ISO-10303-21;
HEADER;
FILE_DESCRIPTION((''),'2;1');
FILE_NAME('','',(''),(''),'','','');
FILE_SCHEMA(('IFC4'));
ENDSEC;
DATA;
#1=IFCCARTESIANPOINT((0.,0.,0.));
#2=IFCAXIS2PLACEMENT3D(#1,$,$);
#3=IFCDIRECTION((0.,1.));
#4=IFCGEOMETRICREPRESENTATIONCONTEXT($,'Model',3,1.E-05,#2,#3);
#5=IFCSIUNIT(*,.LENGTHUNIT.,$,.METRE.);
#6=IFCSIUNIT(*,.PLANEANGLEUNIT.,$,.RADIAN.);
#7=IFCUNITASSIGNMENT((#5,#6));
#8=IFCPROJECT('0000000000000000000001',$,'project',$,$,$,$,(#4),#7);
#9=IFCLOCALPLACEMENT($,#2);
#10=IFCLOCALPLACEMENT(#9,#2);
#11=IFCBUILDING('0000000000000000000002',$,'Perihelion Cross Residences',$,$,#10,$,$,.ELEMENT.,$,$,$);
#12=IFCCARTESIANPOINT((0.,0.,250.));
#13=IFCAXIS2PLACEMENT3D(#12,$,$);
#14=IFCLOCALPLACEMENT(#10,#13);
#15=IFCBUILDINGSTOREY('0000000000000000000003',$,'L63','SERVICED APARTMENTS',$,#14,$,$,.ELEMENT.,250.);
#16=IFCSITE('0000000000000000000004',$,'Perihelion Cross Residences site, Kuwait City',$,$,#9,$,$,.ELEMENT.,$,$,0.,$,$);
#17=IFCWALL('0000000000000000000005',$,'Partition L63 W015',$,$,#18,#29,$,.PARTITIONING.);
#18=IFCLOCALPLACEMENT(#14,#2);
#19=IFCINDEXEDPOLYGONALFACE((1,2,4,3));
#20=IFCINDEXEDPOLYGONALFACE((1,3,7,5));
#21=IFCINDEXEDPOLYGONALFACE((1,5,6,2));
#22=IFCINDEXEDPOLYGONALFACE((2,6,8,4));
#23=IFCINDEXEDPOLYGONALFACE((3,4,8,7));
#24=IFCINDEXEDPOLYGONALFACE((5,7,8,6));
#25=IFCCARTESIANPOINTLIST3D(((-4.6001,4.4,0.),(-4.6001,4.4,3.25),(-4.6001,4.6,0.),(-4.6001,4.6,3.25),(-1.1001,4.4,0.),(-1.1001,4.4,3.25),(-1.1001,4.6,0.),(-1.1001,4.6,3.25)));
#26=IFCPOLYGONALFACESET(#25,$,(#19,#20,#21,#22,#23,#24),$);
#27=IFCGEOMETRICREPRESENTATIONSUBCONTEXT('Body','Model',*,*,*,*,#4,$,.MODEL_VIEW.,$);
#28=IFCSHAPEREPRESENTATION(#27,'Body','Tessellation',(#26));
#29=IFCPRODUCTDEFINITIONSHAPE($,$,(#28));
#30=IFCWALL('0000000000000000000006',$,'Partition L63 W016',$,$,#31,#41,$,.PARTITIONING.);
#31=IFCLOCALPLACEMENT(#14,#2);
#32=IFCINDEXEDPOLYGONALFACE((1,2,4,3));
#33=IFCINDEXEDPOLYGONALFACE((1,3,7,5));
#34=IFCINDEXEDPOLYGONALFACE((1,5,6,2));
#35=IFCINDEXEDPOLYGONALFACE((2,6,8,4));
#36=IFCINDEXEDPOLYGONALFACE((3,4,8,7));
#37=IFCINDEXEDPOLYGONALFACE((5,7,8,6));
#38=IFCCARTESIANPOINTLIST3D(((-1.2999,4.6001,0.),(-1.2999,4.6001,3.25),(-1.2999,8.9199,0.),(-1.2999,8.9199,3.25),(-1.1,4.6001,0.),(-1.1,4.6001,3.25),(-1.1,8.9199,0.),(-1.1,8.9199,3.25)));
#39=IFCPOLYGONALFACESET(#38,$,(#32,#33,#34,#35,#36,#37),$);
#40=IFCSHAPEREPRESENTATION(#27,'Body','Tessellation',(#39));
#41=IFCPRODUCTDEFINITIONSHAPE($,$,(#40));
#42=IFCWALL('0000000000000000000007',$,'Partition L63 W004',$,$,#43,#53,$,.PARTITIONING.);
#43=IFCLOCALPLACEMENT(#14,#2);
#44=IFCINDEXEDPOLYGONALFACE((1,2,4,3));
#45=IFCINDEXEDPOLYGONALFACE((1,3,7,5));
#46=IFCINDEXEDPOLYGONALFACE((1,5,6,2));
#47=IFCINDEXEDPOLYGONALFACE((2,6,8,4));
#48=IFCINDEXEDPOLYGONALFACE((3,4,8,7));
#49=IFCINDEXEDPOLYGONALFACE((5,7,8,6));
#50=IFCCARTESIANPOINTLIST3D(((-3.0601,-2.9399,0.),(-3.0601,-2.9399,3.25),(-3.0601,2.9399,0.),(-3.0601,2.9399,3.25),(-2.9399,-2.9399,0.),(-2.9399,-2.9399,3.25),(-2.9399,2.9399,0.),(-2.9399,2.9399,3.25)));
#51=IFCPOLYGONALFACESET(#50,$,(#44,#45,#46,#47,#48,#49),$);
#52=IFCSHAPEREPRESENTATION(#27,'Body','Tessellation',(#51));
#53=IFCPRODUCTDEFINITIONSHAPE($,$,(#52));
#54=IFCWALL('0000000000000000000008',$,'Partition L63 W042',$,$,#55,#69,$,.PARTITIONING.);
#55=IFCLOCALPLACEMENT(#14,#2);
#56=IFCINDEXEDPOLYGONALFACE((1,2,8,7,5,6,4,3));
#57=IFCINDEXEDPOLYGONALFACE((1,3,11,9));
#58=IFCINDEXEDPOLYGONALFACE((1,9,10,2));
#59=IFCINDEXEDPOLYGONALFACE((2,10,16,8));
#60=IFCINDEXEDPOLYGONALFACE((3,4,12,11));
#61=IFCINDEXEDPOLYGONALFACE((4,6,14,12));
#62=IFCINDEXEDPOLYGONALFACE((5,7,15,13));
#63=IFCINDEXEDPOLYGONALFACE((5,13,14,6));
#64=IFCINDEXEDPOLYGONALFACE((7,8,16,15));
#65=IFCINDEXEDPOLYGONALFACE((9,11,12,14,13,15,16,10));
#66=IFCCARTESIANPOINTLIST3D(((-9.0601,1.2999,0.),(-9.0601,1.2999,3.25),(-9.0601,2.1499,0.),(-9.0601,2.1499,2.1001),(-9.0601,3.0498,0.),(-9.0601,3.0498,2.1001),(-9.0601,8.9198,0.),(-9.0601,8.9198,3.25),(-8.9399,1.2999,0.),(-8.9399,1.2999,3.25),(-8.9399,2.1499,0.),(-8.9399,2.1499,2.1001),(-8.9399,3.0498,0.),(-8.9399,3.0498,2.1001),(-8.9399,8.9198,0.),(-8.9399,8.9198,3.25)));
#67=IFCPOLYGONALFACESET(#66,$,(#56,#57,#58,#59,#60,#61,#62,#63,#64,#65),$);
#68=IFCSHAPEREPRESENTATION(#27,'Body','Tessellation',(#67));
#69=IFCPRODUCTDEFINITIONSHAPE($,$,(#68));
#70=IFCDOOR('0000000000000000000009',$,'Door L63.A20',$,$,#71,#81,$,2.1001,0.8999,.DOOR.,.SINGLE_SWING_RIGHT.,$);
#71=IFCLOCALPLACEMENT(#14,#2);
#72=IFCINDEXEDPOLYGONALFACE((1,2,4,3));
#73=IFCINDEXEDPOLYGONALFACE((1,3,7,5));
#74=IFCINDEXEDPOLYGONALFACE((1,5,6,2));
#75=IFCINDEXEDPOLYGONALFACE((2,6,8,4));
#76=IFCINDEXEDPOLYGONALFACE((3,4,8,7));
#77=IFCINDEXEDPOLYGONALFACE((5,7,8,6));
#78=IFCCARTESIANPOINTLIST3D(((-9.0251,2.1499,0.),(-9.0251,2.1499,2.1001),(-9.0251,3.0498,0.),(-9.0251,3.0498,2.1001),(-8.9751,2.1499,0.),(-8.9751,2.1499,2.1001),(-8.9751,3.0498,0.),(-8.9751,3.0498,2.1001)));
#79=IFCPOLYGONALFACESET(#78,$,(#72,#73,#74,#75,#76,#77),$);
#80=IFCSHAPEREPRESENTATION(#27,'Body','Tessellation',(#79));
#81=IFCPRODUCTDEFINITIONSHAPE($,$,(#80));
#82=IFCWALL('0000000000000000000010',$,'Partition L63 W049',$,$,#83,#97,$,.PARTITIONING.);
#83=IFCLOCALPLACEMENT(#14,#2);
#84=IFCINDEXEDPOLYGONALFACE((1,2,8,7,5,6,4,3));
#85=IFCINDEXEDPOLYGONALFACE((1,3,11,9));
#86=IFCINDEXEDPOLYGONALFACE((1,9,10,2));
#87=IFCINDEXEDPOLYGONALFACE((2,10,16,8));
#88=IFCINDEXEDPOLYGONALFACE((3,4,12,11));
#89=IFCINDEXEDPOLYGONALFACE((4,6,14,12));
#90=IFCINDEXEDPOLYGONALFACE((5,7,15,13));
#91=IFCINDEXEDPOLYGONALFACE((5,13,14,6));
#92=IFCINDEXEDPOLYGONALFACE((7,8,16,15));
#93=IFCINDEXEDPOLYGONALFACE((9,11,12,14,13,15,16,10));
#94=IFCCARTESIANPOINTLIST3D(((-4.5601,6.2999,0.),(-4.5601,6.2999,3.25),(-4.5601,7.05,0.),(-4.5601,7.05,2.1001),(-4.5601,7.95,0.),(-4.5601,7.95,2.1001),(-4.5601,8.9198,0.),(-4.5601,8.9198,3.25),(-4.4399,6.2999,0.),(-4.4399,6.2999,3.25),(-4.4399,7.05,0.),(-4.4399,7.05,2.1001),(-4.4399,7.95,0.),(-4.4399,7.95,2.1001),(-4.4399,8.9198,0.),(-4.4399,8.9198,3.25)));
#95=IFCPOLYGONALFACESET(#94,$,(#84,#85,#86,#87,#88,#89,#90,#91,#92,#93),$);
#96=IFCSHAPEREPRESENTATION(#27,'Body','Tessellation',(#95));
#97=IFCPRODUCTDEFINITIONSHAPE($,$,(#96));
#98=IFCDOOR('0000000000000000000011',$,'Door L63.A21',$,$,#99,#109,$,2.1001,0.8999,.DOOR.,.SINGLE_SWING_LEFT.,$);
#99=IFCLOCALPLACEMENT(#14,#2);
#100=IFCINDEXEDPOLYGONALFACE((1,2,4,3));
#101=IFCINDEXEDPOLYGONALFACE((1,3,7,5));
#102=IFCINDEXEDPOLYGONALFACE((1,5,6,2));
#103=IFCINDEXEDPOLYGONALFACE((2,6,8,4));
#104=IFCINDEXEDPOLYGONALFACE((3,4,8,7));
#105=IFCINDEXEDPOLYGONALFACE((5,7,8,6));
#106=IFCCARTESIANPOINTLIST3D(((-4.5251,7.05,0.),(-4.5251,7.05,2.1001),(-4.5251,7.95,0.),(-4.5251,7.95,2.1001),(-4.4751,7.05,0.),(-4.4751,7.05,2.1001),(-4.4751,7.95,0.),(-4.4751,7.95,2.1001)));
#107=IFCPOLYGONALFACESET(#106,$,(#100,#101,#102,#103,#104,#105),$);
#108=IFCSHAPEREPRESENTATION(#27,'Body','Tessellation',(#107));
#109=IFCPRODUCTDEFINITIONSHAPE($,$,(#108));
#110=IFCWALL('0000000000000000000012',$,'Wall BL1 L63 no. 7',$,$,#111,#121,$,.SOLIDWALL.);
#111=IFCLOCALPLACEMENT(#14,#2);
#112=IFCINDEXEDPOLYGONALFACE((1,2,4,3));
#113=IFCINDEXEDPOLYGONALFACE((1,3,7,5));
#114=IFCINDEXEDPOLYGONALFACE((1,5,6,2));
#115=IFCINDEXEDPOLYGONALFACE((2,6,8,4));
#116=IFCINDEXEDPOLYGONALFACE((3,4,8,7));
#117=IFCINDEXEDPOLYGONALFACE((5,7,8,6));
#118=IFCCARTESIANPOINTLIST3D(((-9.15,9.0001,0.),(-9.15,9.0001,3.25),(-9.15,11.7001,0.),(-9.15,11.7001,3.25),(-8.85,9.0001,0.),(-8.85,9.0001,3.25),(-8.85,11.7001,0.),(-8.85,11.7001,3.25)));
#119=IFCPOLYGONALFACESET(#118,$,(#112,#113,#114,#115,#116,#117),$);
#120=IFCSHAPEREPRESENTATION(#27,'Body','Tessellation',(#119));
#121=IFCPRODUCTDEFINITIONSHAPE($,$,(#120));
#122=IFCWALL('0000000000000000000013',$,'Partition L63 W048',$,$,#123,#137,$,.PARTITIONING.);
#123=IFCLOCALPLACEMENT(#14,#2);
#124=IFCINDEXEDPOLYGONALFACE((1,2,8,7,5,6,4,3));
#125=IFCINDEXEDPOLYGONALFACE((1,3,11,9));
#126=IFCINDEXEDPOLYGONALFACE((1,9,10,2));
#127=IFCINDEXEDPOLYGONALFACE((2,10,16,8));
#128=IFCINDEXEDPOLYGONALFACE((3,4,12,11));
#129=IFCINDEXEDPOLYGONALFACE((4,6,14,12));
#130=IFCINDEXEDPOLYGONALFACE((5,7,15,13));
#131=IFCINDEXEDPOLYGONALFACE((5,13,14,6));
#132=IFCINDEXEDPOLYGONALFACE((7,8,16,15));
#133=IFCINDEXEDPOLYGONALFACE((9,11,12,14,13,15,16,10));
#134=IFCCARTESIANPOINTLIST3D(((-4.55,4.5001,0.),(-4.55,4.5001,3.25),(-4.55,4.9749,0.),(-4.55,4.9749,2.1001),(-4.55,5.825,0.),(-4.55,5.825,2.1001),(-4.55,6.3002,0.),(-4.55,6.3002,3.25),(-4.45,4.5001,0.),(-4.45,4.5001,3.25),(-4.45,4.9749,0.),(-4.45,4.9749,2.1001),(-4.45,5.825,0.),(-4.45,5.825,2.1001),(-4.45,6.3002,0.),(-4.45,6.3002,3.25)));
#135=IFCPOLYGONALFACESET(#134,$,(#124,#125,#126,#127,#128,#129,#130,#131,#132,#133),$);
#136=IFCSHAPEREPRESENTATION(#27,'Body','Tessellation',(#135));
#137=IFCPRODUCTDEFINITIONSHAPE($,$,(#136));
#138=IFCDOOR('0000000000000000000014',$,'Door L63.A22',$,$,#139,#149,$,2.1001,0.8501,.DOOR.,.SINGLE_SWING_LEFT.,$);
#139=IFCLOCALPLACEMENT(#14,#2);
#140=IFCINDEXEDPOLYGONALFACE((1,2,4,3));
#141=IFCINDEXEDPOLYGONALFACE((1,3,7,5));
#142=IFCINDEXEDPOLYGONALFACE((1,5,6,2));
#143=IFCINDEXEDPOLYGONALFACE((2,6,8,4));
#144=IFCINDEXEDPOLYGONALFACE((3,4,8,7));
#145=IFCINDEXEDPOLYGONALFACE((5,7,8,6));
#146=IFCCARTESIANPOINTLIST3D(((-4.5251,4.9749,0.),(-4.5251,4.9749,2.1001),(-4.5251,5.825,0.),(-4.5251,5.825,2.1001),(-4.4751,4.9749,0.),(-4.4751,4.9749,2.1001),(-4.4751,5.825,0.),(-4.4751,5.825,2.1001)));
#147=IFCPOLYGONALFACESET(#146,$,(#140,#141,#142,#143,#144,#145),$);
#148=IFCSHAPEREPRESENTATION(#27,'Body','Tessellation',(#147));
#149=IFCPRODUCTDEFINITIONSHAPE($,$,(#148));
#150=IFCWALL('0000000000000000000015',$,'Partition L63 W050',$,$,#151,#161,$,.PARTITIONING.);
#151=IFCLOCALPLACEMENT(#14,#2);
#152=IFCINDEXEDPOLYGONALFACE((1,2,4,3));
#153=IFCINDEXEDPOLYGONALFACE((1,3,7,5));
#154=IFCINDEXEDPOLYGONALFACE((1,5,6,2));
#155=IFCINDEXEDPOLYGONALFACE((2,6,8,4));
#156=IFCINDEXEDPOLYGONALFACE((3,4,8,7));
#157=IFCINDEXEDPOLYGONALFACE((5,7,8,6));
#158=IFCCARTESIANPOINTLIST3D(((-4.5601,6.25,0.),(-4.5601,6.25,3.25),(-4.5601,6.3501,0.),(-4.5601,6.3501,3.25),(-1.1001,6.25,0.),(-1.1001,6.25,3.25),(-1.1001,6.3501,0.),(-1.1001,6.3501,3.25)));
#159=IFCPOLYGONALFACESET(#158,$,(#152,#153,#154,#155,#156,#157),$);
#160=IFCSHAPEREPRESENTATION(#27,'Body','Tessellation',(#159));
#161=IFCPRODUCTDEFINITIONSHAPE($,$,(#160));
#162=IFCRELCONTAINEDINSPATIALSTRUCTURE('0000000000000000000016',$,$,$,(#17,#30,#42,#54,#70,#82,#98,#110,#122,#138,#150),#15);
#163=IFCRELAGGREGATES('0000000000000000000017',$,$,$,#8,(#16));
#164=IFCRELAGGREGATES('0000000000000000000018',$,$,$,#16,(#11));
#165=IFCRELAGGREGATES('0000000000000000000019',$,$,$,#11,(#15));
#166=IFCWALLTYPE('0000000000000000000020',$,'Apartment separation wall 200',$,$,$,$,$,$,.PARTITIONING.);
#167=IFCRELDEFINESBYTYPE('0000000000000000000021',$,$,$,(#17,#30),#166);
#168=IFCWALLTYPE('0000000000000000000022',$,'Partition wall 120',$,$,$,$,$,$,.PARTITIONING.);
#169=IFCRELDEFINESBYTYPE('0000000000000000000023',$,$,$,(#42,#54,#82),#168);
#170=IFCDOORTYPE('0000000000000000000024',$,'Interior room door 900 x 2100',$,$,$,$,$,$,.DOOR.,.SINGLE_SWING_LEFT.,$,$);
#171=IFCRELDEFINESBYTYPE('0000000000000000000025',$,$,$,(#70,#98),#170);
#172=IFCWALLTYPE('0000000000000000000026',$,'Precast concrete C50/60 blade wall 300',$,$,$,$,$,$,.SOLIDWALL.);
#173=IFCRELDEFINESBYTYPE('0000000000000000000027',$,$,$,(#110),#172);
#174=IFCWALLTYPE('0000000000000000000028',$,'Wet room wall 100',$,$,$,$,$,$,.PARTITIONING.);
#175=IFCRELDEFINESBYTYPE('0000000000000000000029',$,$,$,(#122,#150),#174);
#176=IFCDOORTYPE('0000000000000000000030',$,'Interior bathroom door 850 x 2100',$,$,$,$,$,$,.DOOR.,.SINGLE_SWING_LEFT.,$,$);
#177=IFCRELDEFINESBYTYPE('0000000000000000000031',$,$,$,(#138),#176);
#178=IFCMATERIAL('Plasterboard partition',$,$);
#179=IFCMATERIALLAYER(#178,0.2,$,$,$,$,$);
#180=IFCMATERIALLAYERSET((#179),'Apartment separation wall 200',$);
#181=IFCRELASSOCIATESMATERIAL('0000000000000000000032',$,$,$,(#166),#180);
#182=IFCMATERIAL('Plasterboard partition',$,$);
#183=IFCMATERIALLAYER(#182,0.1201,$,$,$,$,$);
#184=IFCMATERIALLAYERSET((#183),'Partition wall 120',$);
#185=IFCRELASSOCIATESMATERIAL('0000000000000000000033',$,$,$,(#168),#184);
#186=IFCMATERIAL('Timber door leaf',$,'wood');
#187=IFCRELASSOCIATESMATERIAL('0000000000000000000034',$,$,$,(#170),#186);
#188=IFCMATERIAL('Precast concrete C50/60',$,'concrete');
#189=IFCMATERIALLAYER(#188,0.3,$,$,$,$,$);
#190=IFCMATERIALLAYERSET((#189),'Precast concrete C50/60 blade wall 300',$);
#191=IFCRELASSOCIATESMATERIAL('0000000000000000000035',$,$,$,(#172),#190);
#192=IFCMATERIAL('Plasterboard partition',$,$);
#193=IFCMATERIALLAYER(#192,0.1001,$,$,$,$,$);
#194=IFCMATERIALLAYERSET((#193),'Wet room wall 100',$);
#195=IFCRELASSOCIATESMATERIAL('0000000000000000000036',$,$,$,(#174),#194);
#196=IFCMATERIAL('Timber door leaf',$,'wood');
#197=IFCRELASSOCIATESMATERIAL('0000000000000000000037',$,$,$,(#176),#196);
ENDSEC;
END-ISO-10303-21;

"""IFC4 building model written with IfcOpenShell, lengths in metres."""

from ifc_helpers import new_model, si_unit, direction, frame, frame_2d, origin, place, context, subcontext, project, spatial, rectangle, extrude, material, layer, layer_set, type_object, element, fill, save


model = new_model("IFC4")

# Units and contexts
model_context = context("Model", 3, precision=1e-05, world=origin(), true_north=direction((0.0, 1.0)))
body_context = subcontext(model_context, "Body", "Model", "MODEL_VIEW")
ifc_project = project(units=[si_unit("LENGTHUNIT", "METRE"), si_unit("PLANEANGLEUNIT", "RADIAN")], contexts=[model_context])

# Site, building, storey
site_placement = place(None, origin())
site = spatial("IfcSite", under=ifc_project, at=site_placement, Name="Perihelion Cross Residences site, Kuwait City", CompositionType="ELEMENT", RefElevation=0.0)
building_placement = place(site_placement, origin())
building = spatial("IfcBuilding", under=site, at=building_placement, Name="Perihelion Cross Residences", CompositionType="ELEMENT")
storey_placement = place(building_placement, frame((0.0, 0.0, 250.0)))
storey = spatial("IfcBuildingStorey", under=building, at=storey_placement, Name="L63", Description="SERVICED APARTMENTS", CompositionType="ELEMENT", Elevation=250.0)

# Walls
ifc_material_1 = material(Name="Plasterboard partition")
ifc_layer_1 = layer(ifc_material_1, 0.2)
ifc_layer_set_1 = layer_set([ifc_layer_1], Name="Apartment separation wall 200")
wall_type_1 = type_object("IfcWallType", Name="Apartment separation wall 200", PredefinedType="PARTITIONING", material=ifc_layer_set_1)
wall_1_placement = place(storey_placement, frame((-4.6001, 4.5, 0.0), z_axis=(0.0, 0.0, 1.0), x_axis=(1.0, 0.0, 0.0)))
element("IfcWall", 1, at=wall_1_placement, inside=storey, type_object=wall_type_1, Name="Partition L63 W015", PredefinedType="PARTITIONING", context=body_context, shape_type="SweptSolid", body=[
    extrude(rectangle(XDim=3.5, YDim=0.2, at=frame_2d((1.75, 0.0))), origin(), (0.0, 0.0, 1.0), 3.25),
])
wall_2_placement = place(storey_placement, frame((-1.2, 4.6001, 0.0), z_axis=(0.0, 0.0, 1.0), x_axis=(0.0, 1.0, 0.0)))
element("IfcWall", 2, at=wall_2_placement, inside=storey, type_object=wall_type_1, Name="Partition L63 W016", PredefinedType="PARTITIONING", context=body_context, shape_type="SweptSolid", body=[
    extrude(rectangle(XDim=4.3198, YDim=0.2, at=frame_2d((2.1599, 0.0))), origin(), (0.0, 0.0, 1.0), 3.25),
])

# Wall
ifc_material_2 = material(Name="Plasterboard partition")
ifc_layer_2 = layer(ifc_material_2, 0.1201)
ifc_layer_set_2 = layer_set([ifc_layer_2], Name="Partition wall 120")
wall_type_2 = type_object("IfcWallType", Name="Partition wall 120", PredefinedType="PARTITIONING", material=ifc_layer_set_2)
wall_3_placement = place(storey_placement, frame((-3.0, 2.9399, 0.0), z_axis=(0.0, 0.0, 1.0), x_axis=(0.0, -1.0, 0.0)))
element("IfcWall", 3, at=wall_3_placement, inside=storey, type_object=wall_type_2, Name="Partition L63 W004", PredefinedType="PARTITIONING", context=body_context, shape_type="SweptSolid", body=[
    extrude(rectangle(XDim=5.8799, YDim=0.1201, at=frame_2d((2.9399, 0.0))), origin(), (0.0, 0.0, 1.0), 3.25),
])

# Walls, openings, doors
wall_4_placement = place(storey_placement, frame((-9.0, 8.9199, 0.0), z_axis=(0.0, 0.0, 1.0), x_axis=(0.0, -1.0, 0.0)))
wall_4 = element("IfcWall", 4, at=wall_4_placement, inside=storey, type_object=wall_type_2, Name="Partition L63 W042", PredefinedType="PARTITIONING", context=body_context, shape_type="SweptSolid", body=[
    extrude(rectangle(XDim=7.6199, YDim=0.1201, at=frame_2d((3.8101, 0.0))), origin(), (0.0, 0.0, 1.0), 3.25),
])
opening_1_placement = place(wall_4_placement, frame((5.8701, 0.0, 0.0)))
opening_1 = element("IfcOpeningElement", 5, at=opening_1_placement, cuts=wall_4, PredefinedType="OPENING", context=body_context, shape_type="SweptSolid", body=[
    extrude(rectangle(XDim=0.8999, YDim=2.1001, at=frame_2d((0.45, 1.05))), frame((0.0, 0.0701, 0.0), z_axis=(0.0, -1.0, 0.0), x_axis=(1.0, 0.0, 0.0)), (0.0, 0.0, 1.0), 0.1401),
])
ifc_material_3 = material(Name="Timber door leaf", Category="wood")
door_type_1 = type_object("IfcDoorType", Name="Interior room door 900 x 2100", OperationType="SINGLE_SWING_LEFT", PredefinedType="DOOR", material=ifc_material_3)
door_1_placement = place(opening_1_placement, origin())
door_1 = element("IfcDoor", 6, at=door_1_placement, inside=storey, type_object=door_type_1, Name="Door L63.A20", OperationType="SINGLE_SWING_RIGHT", OverallHeight=2.1001, OverallWidth=0.8999, PredefinedType="DOOR", context=body_context, shape_type="SweptSolid", body=[
    extrude(rectangle(XDim=0.8999, YDim=2.1001, at=frame_2d((0.45, 1.05))), frame((0.0, 0.0249, 0.0), z_axis=(0.0, -1.0, 0.0), x_axis=(1.0, 0.0, 0.0)), (0.0, 0.0, 1.0), 0.05),
])
fill(opening_1, door_1)
wall_5_placement = place(storey_placement, frame((-4.5, 8.9199, 0.0), z_axis=(0.0, 0.0, 1.0), x_axis=(0.0, -1.0, 0.0)))
wall_5 = element("IfcWall", 7, at=wall_5_placement, inside=storey, type_object=wall_type_2, Name="Partition L63 W049", PredefinedType="PARTITIONING", context=body_context, shape_type="SweptSolid", body=[
    extrude(rectangle(XDim=2.6199, YDim=0.1201, at=frame_2d((1.3101, 0.0))), origin(), (0.0, 0.0, 1.0), 3.25),
])
opening_2_placement = place(wall_5_placement, frame((0.97, 0.0, 0.0)))
opening_2 = element("IfcOpeningElement", 8, at=opening_2_placement, cuts=wall_5, PredefinedType="OPENING", context=body_context, shape_type="SweptSolid", body=[
    extrude(rectangle(XDim=0.8999, YDim=2.1001, at=frame_2d((0.45, 1.05))), frame((0.0, 0.0701, 0.0), z_axis=(0.0, -1.0, 0.0), x_axis=(1.0, 0.0, 0.0)), (0.0, 0.0, 1.0), 0.1401),
])
door_2_placement = place(opening_2_placement, origin())
door_2 = element("IfcDoor", 9, at=door_2_placement, inside=storey, type_object=door_type_1, Name="Door L63.A21", OperationType="SINGLE_SWING_LEFT", OverallHeight=2.1001, OverallWidth=0.8999, PredefinedType="DOOR", context=body_context, shape_type="SweptSolid", body=[
    extrude(rectangle(XDim=0.8999, YDim=2.1001, at=frame_2d((0.45, 1.05))), frame((0.0, 0.0249, 0.0), z_axis=(0.0, -1.0, 0.0), x_axis=(1.0, 0.0, 0.0)), (0.0, 0.0, 1.0), 0.05),
])
fill(opening_2, door_2)

# Wall
ifc_material_4 = material(Name="Precast concrete C50/60", Category="concrete")
ifc_layer_3 = layer(ifc_material_4, 0.3)
ifc_layer_set_3 = layer_set([ifc_layer_3], Name="Precast concrete C50/60 blade wall 300")
wall_type_3 = type_object("IfcWallType", Name="Precast concrete C50/60 blade wall 300", PredefinedType="SOLIDWALL", material=ifc_layer_set_3)
wall_6_placement = place(storey_placement, frame((-9.0, 9.0, 0.0), z_axis=(0.0, 0.0, 1.0), x_axis=(0.0, 1.0, 0.0)))
element("IfcWall", 10, at=wall_6_placement, inside=storey, type_object=wall_type_3, Name="Wall BL1 L63 no. 7", PredefinedType="SOLIDWALL", context=body_context, shape_type="SweptSolid", body=[
    extrude(rectangle(XDim=2.7, YDim=0.3, at=frame_2d((1.3501, 0.0))), origin(), (0.0, 0.0, 1.0), 3.25),
])

# Wall, opening, door
ifc_material_5 = material(Name="Plasterboard partition")
ifc_layer_4 = layer(ifc_material_5, 0.1001)
ifc_layer_set_4 = layer_set([ifc_layer_4], Name="Wet room wall 100")
wall_type_4 = type_object("IfcWallType", Name="Wet room wall 100", PredefinedType="PARTITIONING", material=ifc_layer_set_4)
wall_7_placement = place(storey_placement, frame((-4.5, 6.3, 0.0), z_axis=(0.0, 0.0, 1.0), x_axis=(0.0, -1.0, 0.0)))
wall_7 = element("IfcWall", 11, at=wall_7_placement, inside=storey, type_object=wall_type_4, Name="Partition L63 W048", PredefinedType="PARTITIONING", context=body_context, shape_type="SweptSolid", body=[
    extrude(rectangle(XDim=1.8, YDim=0.1001, at=frame_2d((0.8999, 0.0))), origin(), (0.0, 0.0, 1.0), 3.25),
])
opening_3_placement = place(wall_7_placement, frame((0.4751, 0.0, 0.0)))
opening_3 = element("IfcOpeningElement", 12, at=opening_3_placement, cuts=wall_7, PredefinedType="OPENING", context=body_context, shape_type="SweptSolid", body=[
    extrude(rectangle(XDim=0.8501, YDim=2.1001, at=frame_2d((0.425, 1.05))), frame((0.0, 0.0601, 0.0), z_axis=(0.0, -1.0, 0.0), x_axis=(1.0, 0.0, 0.0)), (0.0, 0.0, 1.0), 0.1201),
])
ifc_material_6 = material(Name="Timber door leaf", Category="wood")
door_type_2 = type_object("IfcDoorType", Name="Interior bathroom door 850 x 2100", OperationType="SINGLE_SWING_LEFT", PredefinedType="DOOR", material=ifc_material_6)
door_3_placement = place(opening_3_placement, origin())
door_3 = element("IfcDoor", 13, at=door_3_placement, inside=storey, type_object=door_type_2, Name="Door L63.A22", OperationType="SINGLE_SWING_LEFT", OverallHeight=2.1001, OverallWidth=0.8501, PredefinedType="DOOR", context=body_context, shape_type="SweptSolid", body=[
    extrude(rectangle(XDim=0.8501, YDim=2.1001, at=frame_2d((0.425, 1.05))), frame((0.0, 0.0249, 0.0), z_axis=(0.0, -1.0, 0.0), x_axis=(1.0, 0.0, 0.0)), (0.0, 0.0, 1.0), 0.05),
])
fill(opening_3, door_3)

# Wall
wall_8_placement = place(storey_placement, frame((-4.5601, 6.3, 0.0), z_axis=(0.0, 0.0, 1.0), x_axis=(1.0, 0.0, 0.0)))
element("IfcWall", 14, at=wall_8_placement, inside=storey, type_object=wall_type_4, Name="Partition L63 W050", PredefinedType="PARTITIONING", context=body_context, shape_type="SweptSolid", body=[
    extrude(rectangle(XDim=3.46, YDim=0.1001, at=frame_2d((1.73, 0.0))), origin(), (0.0, 0.0, 1.0), 3.25),
])

save(model, "model.ifc")
